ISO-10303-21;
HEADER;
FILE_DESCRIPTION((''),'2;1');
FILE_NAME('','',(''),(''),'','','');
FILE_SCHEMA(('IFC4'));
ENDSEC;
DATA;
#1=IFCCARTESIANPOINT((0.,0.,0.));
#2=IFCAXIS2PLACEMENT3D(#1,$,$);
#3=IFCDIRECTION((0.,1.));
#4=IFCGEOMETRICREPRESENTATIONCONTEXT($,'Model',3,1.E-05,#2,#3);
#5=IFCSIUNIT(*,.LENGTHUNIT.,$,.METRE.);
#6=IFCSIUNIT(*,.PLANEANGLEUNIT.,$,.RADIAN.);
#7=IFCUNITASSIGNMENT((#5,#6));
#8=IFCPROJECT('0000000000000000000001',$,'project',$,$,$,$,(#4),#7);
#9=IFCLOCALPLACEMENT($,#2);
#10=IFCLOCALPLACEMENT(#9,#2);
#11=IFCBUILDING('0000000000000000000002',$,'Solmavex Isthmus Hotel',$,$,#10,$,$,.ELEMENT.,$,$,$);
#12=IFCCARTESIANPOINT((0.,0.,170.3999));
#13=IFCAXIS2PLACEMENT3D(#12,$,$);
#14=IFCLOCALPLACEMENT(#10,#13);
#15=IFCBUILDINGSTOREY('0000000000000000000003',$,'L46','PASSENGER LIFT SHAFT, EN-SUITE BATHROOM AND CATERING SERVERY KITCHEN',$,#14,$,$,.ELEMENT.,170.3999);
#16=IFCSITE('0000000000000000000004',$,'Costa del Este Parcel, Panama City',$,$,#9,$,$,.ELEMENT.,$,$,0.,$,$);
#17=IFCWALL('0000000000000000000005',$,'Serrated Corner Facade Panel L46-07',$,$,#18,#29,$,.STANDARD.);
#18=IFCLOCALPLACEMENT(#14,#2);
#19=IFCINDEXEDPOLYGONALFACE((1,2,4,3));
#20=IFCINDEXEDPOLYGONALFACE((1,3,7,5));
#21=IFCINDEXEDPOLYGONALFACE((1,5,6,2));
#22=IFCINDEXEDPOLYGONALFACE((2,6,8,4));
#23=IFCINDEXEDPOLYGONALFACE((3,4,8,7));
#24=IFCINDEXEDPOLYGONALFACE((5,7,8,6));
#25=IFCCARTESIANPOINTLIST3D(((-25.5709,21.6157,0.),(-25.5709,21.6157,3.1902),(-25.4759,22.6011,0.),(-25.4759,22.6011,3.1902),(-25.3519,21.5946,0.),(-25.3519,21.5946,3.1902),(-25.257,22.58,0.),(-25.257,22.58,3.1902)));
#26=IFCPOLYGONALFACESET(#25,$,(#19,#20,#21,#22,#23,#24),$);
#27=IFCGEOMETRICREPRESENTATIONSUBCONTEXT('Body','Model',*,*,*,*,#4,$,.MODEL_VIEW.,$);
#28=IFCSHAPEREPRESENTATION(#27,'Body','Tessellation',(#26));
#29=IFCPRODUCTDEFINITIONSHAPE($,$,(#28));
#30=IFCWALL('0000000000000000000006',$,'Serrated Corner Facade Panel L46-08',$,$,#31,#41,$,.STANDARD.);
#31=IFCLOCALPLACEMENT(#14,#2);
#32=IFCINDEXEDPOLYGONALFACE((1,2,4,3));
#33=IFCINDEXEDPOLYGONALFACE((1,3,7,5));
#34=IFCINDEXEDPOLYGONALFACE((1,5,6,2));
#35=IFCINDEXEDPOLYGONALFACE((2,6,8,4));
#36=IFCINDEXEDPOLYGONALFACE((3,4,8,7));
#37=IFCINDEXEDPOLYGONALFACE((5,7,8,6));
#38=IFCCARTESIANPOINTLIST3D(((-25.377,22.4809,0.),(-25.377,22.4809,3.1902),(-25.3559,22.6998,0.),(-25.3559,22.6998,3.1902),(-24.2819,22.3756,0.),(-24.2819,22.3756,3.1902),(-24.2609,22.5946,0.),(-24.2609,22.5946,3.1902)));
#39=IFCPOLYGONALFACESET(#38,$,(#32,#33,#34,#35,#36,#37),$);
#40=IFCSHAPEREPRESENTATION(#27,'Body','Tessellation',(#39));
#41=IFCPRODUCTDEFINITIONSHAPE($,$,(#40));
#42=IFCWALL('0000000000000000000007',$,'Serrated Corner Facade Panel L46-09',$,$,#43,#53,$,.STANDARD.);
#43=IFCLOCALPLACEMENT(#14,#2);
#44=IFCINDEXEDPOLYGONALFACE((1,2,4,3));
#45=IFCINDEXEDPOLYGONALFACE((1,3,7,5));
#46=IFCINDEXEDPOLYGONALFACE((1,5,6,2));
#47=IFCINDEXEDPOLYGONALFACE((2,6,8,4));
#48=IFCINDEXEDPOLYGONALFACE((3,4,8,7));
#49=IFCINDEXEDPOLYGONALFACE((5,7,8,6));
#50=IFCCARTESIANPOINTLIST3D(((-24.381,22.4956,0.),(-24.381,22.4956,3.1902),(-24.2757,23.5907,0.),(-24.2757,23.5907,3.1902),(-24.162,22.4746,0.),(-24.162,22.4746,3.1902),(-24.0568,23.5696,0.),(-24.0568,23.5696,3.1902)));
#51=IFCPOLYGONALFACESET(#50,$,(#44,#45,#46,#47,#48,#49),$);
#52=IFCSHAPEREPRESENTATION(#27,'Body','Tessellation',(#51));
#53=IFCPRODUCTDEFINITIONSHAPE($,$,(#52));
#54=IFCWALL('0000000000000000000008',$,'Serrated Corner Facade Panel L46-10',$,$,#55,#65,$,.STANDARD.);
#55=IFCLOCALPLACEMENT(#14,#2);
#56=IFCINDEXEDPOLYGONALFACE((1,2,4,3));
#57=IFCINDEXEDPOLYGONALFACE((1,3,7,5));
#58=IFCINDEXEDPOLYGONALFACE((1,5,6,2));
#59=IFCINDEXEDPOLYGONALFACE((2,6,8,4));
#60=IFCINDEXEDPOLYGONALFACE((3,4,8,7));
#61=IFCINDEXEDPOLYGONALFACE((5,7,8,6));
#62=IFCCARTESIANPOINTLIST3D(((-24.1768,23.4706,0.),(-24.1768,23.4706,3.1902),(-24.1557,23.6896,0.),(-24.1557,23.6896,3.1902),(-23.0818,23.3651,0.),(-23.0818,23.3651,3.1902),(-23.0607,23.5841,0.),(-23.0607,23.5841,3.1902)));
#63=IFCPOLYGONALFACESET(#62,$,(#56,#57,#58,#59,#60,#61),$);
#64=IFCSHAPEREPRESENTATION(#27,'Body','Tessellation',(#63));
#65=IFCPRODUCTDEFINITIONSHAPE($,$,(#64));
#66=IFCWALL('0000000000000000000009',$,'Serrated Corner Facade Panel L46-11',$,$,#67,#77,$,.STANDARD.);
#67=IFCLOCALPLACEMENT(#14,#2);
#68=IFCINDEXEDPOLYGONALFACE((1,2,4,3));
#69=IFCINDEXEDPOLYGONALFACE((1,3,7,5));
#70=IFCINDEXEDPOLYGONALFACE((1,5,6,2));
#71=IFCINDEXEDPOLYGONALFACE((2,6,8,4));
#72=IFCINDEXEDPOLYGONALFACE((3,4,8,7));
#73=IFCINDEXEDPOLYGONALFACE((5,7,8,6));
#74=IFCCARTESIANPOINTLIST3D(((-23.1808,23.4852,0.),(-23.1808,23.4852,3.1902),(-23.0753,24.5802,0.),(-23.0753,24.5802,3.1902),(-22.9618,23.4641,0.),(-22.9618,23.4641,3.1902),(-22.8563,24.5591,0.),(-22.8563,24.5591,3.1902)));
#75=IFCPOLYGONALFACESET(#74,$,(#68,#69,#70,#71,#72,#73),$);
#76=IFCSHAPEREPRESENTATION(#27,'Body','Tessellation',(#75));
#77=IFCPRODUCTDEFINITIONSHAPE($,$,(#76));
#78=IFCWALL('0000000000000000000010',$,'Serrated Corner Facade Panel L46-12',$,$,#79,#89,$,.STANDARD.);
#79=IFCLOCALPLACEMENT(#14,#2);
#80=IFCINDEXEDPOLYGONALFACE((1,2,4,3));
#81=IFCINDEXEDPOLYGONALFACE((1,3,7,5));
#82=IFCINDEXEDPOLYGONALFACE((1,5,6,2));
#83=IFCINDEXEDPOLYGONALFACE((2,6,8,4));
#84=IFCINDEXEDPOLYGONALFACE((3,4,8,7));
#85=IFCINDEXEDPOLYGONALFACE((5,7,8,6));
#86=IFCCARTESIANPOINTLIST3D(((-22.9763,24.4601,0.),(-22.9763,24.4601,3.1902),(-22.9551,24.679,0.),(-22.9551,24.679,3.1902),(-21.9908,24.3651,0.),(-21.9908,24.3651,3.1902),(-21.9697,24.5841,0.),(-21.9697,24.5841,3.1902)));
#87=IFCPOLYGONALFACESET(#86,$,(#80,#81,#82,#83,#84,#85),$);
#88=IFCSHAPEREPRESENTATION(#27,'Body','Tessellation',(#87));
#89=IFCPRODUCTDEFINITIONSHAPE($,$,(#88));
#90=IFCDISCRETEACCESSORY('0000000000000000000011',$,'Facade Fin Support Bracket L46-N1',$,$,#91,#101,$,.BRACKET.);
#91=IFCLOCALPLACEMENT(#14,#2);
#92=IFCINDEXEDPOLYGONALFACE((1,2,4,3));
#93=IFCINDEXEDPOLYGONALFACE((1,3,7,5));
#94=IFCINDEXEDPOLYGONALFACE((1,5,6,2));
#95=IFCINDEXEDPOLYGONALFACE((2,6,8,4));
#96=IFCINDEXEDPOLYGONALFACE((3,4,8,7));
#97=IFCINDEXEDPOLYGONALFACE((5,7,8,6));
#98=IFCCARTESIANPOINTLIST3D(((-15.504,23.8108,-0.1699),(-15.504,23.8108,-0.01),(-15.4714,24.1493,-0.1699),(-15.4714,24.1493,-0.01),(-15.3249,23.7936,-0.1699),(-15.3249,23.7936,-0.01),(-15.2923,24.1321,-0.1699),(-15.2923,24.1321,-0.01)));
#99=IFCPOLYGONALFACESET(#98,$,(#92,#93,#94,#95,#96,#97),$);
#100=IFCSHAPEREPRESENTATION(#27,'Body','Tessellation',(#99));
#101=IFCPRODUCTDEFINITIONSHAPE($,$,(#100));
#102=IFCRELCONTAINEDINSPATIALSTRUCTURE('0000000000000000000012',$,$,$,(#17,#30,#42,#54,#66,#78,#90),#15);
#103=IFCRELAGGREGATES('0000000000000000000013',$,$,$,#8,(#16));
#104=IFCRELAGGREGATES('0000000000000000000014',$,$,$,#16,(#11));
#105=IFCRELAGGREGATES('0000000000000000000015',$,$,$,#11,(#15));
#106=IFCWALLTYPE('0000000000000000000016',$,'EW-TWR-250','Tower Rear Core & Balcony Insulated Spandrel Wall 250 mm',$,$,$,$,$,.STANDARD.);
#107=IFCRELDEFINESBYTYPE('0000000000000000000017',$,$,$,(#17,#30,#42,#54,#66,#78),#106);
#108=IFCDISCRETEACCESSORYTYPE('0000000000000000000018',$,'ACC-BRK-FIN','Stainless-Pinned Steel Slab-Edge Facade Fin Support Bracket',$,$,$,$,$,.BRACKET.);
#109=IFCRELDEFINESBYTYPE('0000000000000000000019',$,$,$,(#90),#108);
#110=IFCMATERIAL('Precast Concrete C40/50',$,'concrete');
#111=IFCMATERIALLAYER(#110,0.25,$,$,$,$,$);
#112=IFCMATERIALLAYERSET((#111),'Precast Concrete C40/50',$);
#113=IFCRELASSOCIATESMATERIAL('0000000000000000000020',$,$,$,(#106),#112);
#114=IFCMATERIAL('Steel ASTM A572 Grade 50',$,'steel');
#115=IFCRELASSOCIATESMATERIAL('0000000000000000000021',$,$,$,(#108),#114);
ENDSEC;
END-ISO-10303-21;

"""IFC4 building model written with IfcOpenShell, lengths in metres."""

from ifc_helpers import new_model, si_unit, direction, frame, frame_2d, origin, origin_2d, place, context, subcontext, project, spatial, rectangle, extrude, material, layer, layer_set, type_object, element, save


model = new_model("IFC4")

# Units and contexts
model_context = context("Model", 3, precision=1e-05, world=origin(), true_north=direction((0.0, 1.0)))
body_context = subcontext(model_context, "Body", "Model", "MODEL_VIEW")
ifc_project = project(units=[si_unit("LENGTHUNIT", "METRE"), si_unit("PLANEANGLEUNIT", "RADIAN")], contexts=[model_context])

# Site, building, storey
site_placement = place(None, origin())
site = spatial("IfcSite", under=ifc_project, at=site_placement, Name="Costa del Este Parcel, Panama City", CompositionType="ELEMENT", RefElevation=0.0)
building_placement = place(site_placement, origin())
building = spatial("IfcBuilding", under=site, at=building_placement, Name="Solmavex Isthmus Hotel", CompositionType="ELEMENT")
storey_placement = place(building_placement, frame((0.0, 0.0, 170.3999)))
storey = spatial("IfcBuildingStorey", under=building, at=storey_placement, Name="L46", Description="PASSENGER LIFT SHAFT, EN-SUITE BATHROOM AND CATERING SERVERY KITCHEN", CompositionType="ELEMENT", Elevation=170.3999)

# Walls
ifc_material_1 = material(Name="Precast Concrete C40/50", Category="concrete")
ifc_layer_1 = layer(ifc_material_1, 0.25)
ifc_layer_set_1 = layer_set([ifc_layer_1], Name="Precast Concrete C40/50")
wall_type = type_object("IfcWallType", Name="EW-TWR-250", Description="Tower Rear Core & Balcony Insulated Spandrel Wall 250 mm", PredefinedType="STANDARD", material=ifc_layer_set_1)
wall_1_placement = place(storey_placement, frame((-25.4614, 21.605, 0.0), z_axis=(0.0, 0.0, 1.0), x_axis=(0.095938, 0.995387, 0.0)))
element("IfcWall", 1, at=wall_1_placement, inside=storey, type_object=wall_type, Name="Serrated Corner Facade Panel L46-07", PredefinedType="STANDARD", context=body_context, shape_type="SweptSolid", body=[
    extrude(rectangle(XDim=0.99, YDim=0.22, at=frame_2d((0.4951, 0.0))), origin(), (0.0, 0.0, 1.0), 3.1902),
])
for number, where, z_axis, x_axis, name in (
    (2, (-25.3665, 22.5903, 0.0), (0.0, 0.0, 1.0), (0.995414, -0.095657, 0.0), "Serrated Corner Facade Panel L46-08"),
    (3, (-24.2715, 22.4851, 0.0), (0.0, 0.0, 1.0), (0.095657, 0.995414, 0.0), "Serrated Corner Facade Panel L46-09"),
    (4, (-24.1663, 23.5801, 0.0), (0.0, 0.0, 1.0), (0.995393, -0.095877, 0.0), "Serrated Corner Facade Panel L46-10"),
    (5, (-23.0713, 23.4746, 0.0), (0.0, 0.0, 1.0), (0.095877, 0.995393, 0.0), "Serrated Corner Facade Panel L46-11"),
):
    element("IfcWall", number, at=place(storey_placement, frame(where, z_axis=z_axis, x_axis=x_axis)), inside=storey, type_object=wall_type, Name=name, PredefinedType="STANDARD", context=body_context, shape_type="SweptSolid", body=[
        extrude(rectangle(XDim=1.1001, YDim=0.22, at=frame_2d((0.55, 0.0))), origin(), (0.0, 0.0, 1.0), 3.1902),
    ])
wall_2_placement = place(storey_placement, frame((-22.9658, 24.5696, 0.0), z_axis=(0.0, 0.0, 1.0), x_axis=(0.995387, -0.095938, 0.0)))
element("IfcWall", 6, at=wall_2_placement, inside=storey, type_object=wall_type, Name="Serrated Corner Facade Panel L46-12", PredefinedType="STANDARD", context=body_context, shape_type="SweptSolid", body=[
    extrude(rectangle(XDim=0.99, YDim=0.22, at=frame_2d((0.4951, 0.0))), origin(), (0.0, 0.0, 1.0), 3.1902),
])

# Discrete accessory
ifc_material_2 = material(Name="Steel ASTM A572 Grade 50", Category="steel")
discrete_accessory_type = type_object("IfcDiscreteAccessoryType", Name="ACC-BRK-FIN", Description="Stainless-Pinned Steel Slab-Edge Facade Fin Support Bracket", PredefinedType="BRACKET", material=ifc_material_2)
discrete_accessory_placement = place(storey_placement, frame((-15.3982, 23.9714, -0.1699), z_axis=(0.0, 0.0, 1.0), x_axis=(0.095846, 0.995396, 0.0)))
element("IfcDiscreteAccessory", 7, at=discrete_accessory_placement, inside=storey, type_object=discrete_accessory_type, Name="Facade Fin Support Bracket L46-N1", PredefinedType="BRACKET", context=body_context, shape_type="SweptSolid", body=[
    extrude(rectangle(XDim=0.3401, YDim=0.1799, at=origin_2d()), origin(), (0.0, 0.0, 1.0), 0.1599),
])

save(model, "model.ifc")
